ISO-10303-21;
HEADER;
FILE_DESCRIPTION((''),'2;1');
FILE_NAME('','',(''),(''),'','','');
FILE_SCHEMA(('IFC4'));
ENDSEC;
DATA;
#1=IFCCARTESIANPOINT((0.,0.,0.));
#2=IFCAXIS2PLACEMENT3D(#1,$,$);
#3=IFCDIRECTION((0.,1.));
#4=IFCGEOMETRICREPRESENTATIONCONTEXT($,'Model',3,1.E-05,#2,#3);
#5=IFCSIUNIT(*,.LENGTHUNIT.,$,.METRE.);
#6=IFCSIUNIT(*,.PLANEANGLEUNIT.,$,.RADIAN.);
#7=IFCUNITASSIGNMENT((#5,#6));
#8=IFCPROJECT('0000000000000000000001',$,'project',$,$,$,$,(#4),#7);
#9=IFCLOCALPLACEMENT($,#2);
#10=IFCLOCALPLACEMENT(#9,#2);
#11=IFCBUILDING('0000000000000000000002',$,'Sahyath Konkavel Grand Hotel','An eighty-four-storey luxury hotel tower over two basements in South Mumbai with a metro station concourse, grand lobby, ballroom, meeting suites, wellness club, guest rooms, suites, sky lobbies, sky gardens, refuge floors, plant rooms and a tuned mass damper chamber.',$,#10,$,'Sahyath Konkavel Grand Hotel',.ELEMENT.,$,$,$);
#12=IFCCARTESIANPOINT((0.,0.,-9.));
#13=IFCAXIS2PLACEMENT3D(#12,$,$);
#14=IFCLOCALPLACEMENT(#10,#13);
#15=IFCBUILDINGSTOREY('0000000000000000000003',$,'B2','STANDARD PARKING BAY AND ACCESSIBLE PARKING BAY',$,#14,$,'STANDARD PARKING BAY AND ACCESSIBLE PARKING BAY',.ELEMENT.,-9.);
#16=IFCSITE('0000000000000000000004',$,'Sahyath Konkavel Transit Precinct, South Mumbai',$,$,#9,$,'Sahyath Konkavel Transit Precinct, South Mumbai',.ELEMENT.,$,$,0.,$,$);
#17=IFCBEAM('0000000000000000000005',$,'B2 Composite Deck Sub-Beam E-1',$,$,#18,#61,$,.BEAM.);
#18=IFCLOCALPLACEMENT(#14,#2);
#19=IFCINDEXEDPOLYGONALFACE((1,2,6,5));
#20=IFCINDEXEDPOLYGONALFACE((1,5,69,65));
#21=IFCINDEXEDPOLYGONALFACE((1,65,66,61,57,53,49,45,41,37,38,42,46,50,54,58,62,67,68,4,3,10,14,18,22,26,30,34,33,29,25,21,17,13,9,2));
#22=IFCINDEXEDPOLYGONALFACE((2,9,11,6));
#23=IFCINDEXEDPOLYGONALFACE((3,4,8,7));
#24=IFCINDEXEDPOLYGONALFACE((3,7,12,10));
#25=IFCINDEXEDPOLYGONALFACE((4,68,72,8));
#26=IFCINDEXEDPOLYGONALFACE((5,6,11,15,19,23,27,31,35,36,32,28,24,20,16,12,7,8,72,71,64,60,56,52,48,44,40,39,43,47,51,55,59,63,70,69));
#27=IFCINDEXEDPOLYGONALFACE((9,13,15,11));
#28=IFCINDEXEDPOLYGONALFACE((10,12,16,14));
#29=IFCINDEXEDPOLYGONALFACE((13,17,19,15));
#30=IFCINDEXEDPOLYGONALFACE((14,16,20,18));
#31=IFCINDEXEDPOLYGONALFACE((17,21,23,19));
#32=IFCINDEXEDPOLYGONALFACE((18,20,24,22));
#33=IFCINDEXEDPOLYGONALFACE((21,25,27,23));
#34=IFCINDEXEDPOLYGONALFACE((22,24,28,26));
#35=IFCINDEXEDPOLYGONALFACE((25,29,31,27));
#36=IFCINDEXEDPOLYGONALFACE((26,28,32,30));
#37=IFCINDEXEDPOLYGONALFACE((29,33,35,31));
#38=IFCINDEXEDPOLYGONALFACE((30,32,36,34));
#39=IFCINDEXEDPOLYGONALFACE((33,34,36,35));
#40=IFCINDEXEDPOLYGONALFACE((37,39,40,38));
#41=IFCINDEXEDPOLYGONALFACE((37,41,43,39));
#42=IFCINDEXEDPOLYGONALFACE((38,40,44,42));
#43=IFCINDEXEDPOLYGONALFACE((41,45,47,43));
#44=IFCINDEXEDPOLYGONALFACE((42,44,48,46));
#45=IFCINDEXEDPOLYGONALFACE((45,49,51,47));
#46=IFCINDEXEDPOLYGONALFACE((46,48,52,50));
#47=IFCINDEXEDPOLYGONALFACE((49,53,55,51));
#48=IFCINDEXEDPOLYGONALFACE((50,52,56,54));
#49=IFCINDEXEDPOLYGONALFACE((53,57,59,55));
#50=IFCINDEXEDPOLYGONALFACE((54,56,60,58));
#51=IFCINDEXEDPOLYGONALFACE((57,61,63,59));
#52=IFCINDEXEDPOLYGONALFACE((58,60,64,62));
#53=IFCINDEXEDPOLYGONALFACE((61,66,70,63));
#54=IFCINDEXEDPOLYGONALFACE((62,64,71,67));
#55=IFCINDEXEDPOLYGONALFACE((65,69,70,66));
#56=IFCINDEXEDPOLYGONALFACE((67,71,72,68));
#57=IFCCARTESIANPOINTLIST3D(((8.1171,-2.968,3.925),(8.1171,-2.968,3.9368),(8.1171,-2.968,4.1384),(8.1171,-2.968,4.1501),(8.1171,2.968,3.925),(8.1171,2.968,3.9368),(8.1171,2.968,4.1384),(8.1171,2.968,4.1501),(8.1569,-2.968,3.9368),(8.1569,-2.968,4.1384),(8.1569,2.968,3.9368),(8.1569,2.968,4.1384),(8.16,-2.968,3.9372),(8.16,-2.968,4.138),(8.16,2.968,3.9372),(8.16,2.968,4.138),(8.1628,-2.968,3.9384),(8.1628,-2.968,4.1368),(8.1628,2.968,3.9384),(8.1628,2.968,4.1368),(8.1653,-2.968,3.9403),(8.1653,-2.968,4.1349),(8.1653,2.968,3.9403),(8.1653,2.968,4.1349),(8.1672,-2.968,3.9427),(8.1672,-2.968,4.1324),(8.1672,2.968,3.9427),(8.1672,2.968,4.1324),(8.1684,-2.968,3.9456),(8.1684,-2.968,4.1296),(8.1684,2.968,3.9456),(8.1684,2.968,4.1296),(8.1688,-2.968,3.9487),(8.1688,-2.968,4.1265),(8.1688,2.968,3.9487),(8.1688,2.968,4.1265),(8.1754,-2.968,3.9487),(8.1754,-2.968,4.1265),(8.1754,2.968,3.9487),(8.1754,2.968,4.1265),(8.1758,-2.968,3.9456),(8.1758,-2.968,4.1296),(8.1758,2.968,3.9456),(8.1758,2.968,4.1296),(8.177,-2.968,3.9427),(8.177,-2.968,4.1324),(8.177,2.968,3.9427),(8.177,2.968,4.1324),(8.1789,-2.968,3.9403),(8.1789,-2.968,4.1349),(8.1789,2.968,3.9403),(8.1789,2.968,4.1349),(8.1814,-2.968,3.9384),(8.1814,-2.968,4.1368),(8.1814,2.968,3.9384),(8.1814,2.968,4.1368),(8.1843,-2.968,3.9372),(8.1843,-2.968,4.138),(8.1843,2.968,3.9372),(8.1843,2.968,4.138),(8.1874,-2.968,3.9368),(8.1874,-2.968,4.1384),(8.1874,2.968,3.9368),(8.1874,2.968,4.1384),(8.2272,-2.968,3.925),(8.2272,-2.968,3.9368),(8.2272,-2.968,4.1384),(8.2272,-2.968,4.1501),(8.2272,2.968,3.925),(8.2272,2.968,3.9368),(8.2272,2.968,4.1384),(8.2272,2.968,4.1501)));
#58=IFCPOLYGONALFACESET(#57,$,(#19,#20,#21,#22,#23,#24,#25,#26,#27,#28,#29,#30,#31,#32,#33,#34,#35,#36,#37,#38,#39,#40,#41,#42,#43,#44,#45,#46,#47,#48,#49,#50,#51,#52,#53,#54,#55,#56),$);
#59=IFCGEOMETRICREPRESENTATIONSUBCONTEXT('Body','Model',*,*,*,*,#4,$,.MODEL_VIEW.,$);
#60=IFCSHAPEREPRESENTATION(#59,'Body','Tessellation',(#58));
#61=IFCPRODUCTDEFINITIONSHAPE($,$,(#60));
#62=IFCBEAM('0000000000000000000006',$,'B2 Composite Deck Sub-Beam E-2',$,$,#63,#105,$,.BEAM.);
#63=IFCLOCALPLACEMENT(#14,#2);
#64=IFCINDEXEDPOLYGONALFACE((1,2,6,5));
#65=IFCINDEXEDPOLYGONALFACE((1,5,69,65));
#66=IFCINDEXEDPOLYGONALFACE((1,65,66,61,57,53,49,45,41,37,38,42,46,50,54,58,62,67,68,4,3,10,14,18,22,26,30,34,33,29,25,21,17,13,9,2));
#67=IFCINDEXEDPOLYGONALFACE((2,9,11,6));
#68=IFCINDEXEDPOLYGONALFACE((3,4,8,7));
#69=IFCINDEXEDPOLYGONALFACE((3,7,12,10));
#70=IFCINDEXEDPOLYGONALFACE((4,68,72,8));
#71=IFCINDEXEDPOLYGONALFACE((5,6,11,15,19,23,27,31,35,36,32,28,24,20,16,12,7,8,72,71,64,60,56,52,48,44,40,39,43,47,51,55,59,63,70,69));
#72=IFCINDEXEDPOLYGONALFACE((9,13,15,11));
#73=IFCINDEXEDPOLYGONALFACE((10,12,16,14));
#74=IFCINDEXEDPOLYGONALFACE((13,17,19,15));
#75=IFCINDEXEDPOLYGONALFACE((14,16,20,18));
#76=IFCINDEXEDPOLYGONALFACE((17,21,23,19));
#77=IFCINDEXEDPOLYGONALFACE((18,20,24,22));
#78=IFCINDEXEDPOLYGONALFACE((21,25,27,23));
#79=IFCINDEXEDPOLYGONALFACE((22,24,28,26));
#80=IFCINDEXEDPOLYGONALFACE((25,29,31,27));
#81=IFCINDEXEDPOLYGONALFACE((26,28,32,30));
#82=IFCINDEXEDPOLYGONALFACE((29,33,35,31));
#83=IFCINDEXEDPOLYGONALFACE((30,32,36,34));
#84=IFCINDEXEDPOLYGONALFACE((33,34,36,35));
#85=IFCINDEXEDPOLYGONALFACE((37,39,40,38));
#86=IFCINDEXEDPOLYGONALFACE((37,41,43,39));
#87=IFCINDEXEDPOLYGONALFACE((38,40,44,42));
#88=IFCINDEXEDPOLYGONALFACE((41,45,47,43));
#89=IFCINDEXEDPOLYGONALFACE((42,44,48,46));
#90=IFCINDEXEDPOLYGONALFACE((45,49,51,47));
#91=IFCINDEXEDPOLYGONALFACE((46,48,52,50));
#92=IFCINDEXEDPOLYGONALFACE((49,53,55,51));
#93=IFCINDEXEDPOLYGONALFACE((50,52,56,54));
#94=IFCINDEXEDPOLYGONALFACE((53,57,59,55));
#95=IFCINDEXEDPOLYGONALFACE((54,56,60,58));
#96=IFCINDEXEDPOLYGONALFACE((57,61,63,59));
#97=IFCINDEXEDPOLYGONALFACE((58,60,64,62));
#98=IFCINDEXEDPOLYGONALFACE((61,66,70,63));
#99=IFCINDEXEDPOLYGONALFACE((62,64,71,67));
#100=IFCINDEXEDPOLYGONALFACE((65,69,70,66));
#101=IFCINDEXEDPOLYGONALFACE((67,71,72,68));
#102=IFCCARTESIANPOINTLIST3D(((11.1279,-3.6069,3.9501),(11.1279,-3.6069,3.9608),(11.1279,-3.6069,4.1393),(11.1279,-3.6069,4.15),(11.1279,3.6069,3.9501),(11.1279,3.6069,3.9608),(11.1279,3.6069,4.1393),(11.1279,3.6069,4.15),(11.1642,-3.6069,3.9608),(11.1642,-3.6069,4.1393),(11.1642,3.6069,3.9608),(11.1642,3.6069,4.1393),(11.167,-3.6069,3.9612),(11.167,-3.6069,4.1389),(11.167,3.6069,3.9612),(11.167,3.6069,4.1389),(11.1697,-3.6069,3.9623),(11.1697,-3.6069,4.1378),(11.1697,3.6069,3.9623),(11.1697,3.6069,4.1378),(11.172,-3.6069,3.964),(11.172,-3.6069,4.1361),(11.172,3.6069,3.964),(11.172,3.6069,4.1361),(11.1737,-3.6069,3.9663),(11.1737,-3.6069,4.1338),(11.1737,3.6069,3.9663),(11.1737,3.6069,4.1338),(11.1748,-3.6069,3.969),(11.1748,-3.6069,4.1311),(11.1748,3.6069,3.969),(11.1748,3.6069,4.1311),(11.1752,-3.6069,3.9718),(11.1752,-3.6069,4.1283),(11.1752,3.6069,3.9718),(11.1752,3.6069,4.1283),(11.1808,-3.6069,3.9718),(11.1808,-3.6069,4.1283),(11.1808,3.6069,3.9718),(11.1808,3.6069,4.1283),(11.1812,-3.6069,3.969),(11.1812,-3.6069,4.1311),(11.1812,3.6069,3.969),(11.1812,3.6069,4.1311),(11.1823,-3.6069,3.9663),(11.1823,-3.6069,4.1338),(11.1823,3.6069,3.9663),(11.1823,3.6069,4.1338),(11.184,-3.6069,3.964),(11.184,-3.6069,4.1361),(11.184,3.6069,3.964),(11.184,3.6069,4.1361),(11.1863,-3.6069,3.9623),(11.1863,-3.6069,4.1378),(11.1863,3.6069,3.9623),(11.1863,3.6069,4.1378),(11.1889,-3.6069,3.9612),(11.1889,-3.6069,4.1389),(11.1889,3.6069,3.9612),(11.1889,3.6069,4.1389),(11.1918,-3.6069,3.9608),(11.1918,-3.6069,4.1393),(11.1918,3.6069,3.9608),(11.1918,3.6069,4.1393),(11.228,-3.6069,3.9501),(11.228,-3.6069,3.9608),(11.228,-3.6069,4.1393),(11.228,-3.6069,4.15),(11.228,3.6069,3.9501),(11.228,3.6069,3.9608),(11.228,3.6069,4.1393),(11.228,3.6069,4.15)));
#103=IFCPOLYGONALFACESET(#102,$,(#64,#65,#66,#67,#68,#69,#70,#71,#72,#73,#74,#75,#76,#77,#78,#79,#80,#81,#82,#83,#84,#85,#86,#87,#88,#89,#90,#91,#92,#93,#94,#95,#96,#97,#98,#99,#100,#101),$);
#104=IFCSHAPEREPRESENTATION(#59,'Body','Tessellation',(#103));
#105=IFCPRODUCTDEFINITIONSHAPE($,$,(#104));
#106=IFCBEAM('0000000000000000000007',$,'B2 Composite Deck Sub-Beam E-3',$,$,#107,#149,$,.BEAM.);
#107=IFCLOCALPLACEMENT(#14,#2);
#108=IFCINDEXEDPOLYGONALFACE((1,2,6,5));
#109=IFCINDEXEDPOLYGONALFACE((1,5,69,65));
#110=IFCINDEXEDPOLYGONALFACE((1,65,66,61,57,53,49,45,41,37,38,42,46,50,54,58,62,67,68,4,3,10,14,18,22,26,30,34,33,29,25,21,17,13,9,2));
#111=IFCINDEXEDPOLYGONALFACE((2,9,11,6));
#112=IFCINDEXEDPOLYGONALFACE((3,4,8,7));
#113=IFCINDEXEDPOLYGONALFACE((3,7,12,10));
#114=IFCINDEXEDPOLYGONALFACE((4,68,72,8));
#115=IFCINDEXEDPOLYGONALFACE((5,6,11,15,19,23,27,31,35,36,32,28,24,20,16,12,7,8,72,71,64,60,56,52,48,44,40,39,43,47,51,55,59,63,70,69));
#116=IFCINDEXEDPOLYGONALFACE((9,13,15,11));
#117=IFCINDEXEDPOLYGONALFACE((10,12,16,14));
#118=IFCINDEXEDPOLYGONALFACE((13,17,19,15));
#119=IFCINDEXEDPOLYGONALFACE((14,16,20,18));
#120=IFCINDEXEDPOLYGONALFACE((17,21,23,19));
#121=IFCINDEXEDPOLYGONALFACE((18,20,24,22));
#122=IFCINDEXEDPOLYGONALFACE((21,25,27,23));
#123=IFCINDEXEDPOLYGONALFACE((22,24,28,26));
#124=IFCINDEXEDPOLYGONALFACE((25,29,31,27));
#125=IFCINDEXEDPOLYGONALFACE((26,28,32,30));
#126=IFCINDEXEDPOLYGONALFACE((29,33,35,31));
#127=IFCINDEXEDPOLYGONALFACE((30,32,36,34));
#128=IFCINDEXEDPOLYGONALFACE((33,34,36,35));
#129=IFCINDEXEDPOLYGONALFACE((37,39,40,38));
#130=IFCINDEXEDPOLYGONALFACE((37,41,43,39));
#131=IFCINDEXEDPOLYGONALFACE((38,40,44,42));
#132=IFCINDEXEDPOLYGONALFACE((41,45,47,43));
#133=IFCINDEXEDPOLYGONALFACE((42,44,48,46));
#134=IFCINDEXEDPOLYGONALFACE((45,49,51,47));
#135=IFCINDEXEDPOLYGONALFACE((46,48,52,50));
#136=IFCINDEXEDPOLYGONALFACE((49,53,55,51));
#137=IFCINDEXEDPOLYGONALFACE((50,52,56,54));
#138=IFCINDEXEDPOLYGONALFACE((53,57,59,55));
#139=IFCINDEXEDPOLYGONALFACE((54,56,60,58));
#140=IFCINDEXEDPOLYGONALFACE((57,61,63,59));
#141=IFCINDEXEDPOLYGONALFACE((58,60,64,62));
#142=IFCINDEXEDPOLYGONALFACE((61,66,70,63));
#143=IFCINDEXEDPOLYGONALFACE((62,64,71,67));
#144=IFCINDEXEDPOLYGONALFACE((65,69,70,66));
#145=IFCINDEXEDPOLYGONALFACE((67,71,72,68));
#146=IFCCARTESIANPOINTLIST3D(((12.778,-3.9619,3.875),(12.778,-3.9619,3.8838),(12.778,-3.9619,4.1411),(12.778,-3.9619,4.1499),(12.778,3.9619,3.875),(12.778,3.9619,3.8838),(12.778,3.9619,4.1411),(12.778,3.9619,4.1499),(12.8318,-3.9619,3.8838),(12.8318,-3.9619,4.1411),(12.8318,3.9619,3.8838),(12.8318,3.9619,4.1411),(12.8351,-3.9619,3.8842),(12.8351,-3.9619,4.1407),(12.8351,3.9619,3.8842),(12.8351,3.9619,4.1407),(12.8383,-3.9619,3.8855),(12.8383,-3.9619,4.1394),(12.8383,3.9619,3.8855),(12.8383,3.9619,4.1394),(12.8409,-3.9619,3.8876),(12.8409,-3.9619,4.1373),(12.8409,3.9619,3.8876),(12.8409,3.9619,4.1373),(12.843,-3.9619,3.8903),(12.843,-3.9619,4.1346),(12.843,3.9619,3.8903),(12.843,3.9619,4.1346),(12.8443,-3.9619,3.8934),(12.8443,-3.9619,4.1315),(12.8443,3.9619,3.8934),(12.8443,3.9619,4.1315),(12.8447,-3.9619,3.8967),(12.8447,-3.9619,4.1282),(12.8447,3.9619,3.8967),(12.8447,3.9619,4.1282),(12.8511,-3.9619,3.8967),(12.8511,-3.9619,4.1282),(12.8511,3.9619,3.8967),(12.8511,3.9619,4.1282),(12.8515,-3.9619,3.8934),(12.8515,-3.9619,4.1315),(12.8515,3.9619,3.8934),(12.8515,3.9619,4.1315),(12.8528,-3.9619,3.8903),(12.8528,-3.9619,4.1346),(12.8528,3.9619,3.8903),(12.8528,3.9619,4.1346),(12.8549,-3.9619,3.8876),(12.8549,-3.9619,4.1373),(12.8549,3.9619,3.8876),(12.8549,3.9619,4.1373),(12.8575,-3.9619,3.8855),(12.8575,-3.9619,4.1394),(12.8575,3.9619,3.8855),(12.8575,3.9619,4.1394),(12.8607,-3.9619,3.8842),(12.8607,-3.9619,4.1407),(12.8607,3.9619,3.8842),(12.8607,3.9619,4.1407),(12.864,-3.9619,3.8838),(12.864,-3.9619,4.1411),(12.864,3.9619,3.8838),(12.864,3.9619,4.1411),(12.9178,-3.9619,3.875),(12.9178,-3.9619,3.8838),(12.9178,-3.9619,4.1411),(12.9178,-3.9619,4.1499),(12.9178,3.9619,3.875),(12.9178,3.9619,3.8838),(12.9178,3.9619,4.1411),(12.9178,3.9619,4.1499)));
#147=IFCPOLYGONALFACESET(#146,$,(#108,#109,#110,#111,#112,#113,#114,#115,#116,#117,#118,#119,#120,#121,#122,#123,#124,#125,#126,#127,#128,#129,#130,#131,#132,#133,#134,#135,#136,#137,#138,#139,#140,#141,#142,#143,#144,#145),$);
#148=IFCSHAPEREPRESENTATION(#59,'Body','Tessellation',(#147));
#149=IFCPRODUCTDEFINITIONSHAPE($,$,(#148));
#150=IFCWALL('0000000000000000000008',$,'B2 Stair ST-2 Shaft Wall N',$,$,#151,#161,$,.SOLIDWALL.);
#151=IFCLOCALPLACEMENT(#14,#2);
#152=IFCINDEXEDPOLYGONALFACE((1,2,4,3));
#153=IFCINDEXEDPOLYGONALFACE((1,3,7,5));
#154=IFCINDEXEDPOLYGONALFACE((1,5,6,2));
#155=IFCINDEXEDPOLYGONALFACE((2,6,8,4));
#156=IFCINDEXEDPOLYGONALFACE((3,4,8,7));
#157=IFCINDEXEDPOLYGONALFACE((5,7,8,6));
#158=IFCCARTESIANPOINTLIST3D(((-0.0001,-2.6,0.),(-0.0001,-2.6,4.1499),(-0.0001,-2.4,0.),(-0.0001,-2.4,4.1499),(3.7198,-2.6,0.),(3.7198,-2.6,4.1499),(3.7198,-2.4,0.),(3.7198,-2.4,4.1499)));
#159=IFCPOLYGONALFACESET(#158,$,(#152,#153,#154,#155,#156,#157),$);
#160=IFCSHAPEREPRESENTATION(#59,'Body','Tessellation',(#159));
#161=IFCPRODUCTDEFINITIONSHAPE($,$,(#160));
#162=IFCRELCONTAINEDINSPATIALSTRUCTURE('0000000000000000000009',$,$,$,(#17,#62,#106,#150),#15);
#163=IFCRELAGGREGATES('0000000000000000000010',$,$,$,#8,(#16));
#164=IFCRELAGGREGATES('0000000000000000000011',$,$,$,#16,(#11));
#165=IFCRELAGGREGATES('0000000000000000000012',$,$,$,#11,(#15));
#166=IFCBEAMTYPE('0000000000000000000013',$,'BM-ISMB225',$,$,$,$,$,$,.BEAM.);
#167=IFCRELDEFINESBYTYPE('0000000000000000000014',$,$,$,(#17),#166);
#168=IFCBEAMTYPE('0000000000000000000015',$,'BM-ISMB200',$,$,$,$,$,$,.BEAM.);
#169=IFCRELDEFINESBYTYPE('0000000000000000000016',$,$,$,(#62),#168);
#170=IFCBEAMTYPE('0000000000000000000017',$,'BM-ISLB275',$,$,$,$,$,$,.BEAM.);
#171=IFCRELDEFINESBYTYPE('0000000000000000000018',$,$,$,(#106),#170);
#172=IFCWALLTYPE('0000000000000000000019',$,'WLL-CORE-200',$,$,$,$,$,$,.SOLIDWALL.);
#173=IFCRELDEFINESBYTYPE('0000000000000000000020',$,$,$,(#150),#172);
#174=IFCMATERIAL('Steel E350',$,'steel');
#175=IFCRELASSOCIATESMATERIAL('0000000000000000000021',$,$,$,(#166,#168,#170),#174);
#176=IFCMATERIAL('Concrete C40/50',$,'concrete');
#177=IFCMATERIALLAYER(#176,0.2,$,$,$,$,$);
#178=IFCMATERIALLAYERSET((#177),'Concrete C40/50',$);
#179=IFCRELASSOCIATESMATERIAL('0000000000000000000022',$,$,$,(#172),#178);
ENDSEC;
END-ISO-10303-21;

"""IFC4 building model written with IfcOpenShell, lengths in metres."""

from ifc_helpers import new_model, si_unit, direction, frame, frame_2d, origin, origin_2d, place, context, subcontext, project, spatial, rectangle, i_section, extrude, source, transform, mapped, material, layer, layer_set, material_profile, profile_set, type_object, element, save


model = new_model("IFC4")

# Units and contexts
model_context = context("Model", 3, precision=1e-05, world=origin(), true_north=direction((0.0, 1.0)))
body_context = subcontext(model_context, "Body", "Model", "MODEL_VIEW")
ifc_project = project(units=[si_unit("LENGTHUNIT", "METRE"), si_unit("PLANEANGLEUNIT", "RADIAN")], contexts=[model_context])

# Site, building, storey
site_placement = place(None, origin())
site = spatial("IfcSite", under=ifc_project, at=site_placement, Name="Sahyath Konkavel Transit Precinct, South Mumbai", LongName="Sahyath Konkavel Transit Precinct, South Mumbai", CompositionType="ELEMENT", RefElevation=0.0)
building_placement = place(site_placement, origin())
building = spatial("IfcBuilding", under=site, at=building_placement, Name="Sahyath Konkavel Grand Hotel", Description="An eighty-four-storey luxury hotel tower over two basements in South Mumbai with a metro station concourse, grand lobby, ballroom, meeting suites, wellness club, guest rooms, suites, sky lobbies, sky gardens, refuge floors, plant rooms and a tuned mass damper chamber.", LongName="Sahyath Konkavel Grand Hotel", CompositionType="ELEMENT")
storey_placement = place(building_placement, frame((0.0, 0.0, -9.0)))
storey = spatial("IfcBuildingStorey", under=building, at=storey_placement, Name="B2", Description="STANDARD PARKING BAY AND ACCESSIBLE PARKING BAY", LongName="STANDARD PARKING BAY AND ACCESSIBLE PARKING BAY", CompositionType="ELEMENT", Elevation=-9.0)

# Beams
ifc_material_1 = material(Name="Steel E350", Category="steel")
ifc_material_profile_1 = material_profile(ifc_material_1, i_section(OverallWidth=0.1101, OverallDepth=0.2251, WebThickness=0.0066, FlangeThickness=0.0117, FilletRadius=0.012, at=origin_2d()), Name="ISMB 225")
ifc_profile_set_1 = profile_set([ifc_material_profile_1], Name="Steel E350")
beam_type_1 = type_object("IfcBeamType", Name="BM-ISMB225", PredefinedType="BEAM", material=ifc_profile_set_1)
shared_shape_1 = source(origin(), body_context, "Body", "SweptSolid", [
    extrude(i_section(OverallWidth=0.1101, OverallDepth=0.2251, WebThickness=0.0066, FlangeThickness=0.0117, FilletRadius=0.012, at=origin_2d()), origin(), (0.0, 0.0, 1.0), 5.936),
])
beam_1_placement = place(storey_placement, frame((8.1721, -2.968, 4.0376), z_axis=(0.0, 1.0, 0.0), x_axis=(-1.0, 0.0, 0.0)))
element("IfcBeam", 1, at=beam_1_placement, inside=storey, type_object=beam_type_1, Name="B2 Composite Deck Sub-Beam E-1", PredefinedType="BEAM", context=body_context, shape_type="MappedRepresentation", body=[
    mapped(shared_shape_1, transform((0.0, 0.0, 0.0), scale=1.0)),
])
ifc_material_profile_2 = material_profile(ifc_material_1, i_section(OverallWidth=0.1001, OverallDepth=0.2, WebThickness=0.0056, FlangeThickness=0.0107, FilletRadius=0.011, at=origin_2d()), Name="ISMB 200")
ifc_profile_set_2 = profile_set([ifc_material_profile_2], Name="Steel E350")
beam_type_2 = type_object("IfcBeamType", Name="BM-ISMB200", PredefinedType="BEAM", material=ifc_profile_set_2)
shared_shape_2 = source(origin(), body_context, "Body", "SweptSolid", [
    extrude(i_section(OverallWidth=0.1001, OverallDepth=0.2, WebThickness=0.0056, FlangeThickness=0.0107, FilletRadius=0.011, at=origin_2d()), origin(), (0.0, 0.0, 1.0), 7.2139),
])
beam_2_placement = place(storey_placement, frame((11.178, -3.6069, 4.05), z_axis=(0.0, 1.0, 0.0), x_axis=(-1.0, 0.0, 0.0)))
element("IfcBeam", 2, at=beam_2_placement, inside=storey, type_object=beam_type_2, Name="B2 Composite Deck Sub-Beam E-2", PredefinedType="BEAM", context=body_context, shape_type="MappedRepresentation", body=[
    mapped(shared_shape_2, transform((0.0, 0.0, 0.0), scale=1.0)),
])
ifc_material_profile_3 = material_profile(ifc_material_1, i_section(OverallWidth=0.1399, OverallDepth=0.2749, WebThickness=0.0063, FlangeThickness=0.0088, FilletRadius=0.0129, at=origin_2d()), Name="ISLB 275")
ifc_profile_set_3 = profile_set([ifc_material_profile_3], Name="Steel E350")
beam_type_3 = type_object("IfcBeamType", Name="BM-ISLB275", PredefinedType="BEAM", material=ifc_profile_set_3)
shared_shape_3 = source(origin(), body_context, "Body", "SweptSolid", [
    extrude(i_section(OverallWidth=0.1399, OverallDepth=0.2749, WebThickness=0.0063, FlangeThickness=0.0088, FilletRadius=0.0129, at=origin_2d()), origin(), (0.0, 0.0, 1.0), 7.9238),
])
beam_3_placement = place(storey_placement, frame((12.8479, -3.9619, 4.0125), z_axis=(0.0, 1.0, 0.0), x_axis=(-1.0, 0.0, 0.0)))
element("IfcBeam", 3, at=beam_3_placement, inside=storey, type_object=beam_type_3, Name="B2 Composite Deck Sub-Beam E-3", PredefinedType="BEAM", context=body_context, shape_type="MappedRepresentation", body=[
    mapped(shared_shape_3, transform((0.0, 0.0, 0.0), scale=1.0)),
])

# Wall
ifc_material_2 = material(Name="Concrete C40/50", Category="concrete")
ifc_layer_1 = layer(ifc_material_2, 0.2)
ifc_layer_set_1 = layer_set([ifc_layer_1], Name="Concrete C40/50")
wall_type = type_object("IfcWallType", Name="WLL-CORE-200", PredefinedType="SOLIDWALL", material=ifc_layer_set_1)
wall_placement = place(storey_placement, frame((0.0, -2.5, 0.0), z_axis=(0.0, 0.0, 1.0), x_axis=(1.0, 0.0, 0.0)))
element("IfcWall", 4, at=wall_placement, inside=storey, type_object=wall_type, Name="B2 Stair ST-2 Shaft Wall N", PredefinedType="SOLIDWALL", context=body_context, shape_type="SweptSolid", body=[
    extrude(rectangle(XDim=3.72, YDim=0.2, at=frame_2d((1.8599, 0.0))), origin(), (0.0, 0.0, 1.0), 4.1499),
])

save(model, "model.ifc")
